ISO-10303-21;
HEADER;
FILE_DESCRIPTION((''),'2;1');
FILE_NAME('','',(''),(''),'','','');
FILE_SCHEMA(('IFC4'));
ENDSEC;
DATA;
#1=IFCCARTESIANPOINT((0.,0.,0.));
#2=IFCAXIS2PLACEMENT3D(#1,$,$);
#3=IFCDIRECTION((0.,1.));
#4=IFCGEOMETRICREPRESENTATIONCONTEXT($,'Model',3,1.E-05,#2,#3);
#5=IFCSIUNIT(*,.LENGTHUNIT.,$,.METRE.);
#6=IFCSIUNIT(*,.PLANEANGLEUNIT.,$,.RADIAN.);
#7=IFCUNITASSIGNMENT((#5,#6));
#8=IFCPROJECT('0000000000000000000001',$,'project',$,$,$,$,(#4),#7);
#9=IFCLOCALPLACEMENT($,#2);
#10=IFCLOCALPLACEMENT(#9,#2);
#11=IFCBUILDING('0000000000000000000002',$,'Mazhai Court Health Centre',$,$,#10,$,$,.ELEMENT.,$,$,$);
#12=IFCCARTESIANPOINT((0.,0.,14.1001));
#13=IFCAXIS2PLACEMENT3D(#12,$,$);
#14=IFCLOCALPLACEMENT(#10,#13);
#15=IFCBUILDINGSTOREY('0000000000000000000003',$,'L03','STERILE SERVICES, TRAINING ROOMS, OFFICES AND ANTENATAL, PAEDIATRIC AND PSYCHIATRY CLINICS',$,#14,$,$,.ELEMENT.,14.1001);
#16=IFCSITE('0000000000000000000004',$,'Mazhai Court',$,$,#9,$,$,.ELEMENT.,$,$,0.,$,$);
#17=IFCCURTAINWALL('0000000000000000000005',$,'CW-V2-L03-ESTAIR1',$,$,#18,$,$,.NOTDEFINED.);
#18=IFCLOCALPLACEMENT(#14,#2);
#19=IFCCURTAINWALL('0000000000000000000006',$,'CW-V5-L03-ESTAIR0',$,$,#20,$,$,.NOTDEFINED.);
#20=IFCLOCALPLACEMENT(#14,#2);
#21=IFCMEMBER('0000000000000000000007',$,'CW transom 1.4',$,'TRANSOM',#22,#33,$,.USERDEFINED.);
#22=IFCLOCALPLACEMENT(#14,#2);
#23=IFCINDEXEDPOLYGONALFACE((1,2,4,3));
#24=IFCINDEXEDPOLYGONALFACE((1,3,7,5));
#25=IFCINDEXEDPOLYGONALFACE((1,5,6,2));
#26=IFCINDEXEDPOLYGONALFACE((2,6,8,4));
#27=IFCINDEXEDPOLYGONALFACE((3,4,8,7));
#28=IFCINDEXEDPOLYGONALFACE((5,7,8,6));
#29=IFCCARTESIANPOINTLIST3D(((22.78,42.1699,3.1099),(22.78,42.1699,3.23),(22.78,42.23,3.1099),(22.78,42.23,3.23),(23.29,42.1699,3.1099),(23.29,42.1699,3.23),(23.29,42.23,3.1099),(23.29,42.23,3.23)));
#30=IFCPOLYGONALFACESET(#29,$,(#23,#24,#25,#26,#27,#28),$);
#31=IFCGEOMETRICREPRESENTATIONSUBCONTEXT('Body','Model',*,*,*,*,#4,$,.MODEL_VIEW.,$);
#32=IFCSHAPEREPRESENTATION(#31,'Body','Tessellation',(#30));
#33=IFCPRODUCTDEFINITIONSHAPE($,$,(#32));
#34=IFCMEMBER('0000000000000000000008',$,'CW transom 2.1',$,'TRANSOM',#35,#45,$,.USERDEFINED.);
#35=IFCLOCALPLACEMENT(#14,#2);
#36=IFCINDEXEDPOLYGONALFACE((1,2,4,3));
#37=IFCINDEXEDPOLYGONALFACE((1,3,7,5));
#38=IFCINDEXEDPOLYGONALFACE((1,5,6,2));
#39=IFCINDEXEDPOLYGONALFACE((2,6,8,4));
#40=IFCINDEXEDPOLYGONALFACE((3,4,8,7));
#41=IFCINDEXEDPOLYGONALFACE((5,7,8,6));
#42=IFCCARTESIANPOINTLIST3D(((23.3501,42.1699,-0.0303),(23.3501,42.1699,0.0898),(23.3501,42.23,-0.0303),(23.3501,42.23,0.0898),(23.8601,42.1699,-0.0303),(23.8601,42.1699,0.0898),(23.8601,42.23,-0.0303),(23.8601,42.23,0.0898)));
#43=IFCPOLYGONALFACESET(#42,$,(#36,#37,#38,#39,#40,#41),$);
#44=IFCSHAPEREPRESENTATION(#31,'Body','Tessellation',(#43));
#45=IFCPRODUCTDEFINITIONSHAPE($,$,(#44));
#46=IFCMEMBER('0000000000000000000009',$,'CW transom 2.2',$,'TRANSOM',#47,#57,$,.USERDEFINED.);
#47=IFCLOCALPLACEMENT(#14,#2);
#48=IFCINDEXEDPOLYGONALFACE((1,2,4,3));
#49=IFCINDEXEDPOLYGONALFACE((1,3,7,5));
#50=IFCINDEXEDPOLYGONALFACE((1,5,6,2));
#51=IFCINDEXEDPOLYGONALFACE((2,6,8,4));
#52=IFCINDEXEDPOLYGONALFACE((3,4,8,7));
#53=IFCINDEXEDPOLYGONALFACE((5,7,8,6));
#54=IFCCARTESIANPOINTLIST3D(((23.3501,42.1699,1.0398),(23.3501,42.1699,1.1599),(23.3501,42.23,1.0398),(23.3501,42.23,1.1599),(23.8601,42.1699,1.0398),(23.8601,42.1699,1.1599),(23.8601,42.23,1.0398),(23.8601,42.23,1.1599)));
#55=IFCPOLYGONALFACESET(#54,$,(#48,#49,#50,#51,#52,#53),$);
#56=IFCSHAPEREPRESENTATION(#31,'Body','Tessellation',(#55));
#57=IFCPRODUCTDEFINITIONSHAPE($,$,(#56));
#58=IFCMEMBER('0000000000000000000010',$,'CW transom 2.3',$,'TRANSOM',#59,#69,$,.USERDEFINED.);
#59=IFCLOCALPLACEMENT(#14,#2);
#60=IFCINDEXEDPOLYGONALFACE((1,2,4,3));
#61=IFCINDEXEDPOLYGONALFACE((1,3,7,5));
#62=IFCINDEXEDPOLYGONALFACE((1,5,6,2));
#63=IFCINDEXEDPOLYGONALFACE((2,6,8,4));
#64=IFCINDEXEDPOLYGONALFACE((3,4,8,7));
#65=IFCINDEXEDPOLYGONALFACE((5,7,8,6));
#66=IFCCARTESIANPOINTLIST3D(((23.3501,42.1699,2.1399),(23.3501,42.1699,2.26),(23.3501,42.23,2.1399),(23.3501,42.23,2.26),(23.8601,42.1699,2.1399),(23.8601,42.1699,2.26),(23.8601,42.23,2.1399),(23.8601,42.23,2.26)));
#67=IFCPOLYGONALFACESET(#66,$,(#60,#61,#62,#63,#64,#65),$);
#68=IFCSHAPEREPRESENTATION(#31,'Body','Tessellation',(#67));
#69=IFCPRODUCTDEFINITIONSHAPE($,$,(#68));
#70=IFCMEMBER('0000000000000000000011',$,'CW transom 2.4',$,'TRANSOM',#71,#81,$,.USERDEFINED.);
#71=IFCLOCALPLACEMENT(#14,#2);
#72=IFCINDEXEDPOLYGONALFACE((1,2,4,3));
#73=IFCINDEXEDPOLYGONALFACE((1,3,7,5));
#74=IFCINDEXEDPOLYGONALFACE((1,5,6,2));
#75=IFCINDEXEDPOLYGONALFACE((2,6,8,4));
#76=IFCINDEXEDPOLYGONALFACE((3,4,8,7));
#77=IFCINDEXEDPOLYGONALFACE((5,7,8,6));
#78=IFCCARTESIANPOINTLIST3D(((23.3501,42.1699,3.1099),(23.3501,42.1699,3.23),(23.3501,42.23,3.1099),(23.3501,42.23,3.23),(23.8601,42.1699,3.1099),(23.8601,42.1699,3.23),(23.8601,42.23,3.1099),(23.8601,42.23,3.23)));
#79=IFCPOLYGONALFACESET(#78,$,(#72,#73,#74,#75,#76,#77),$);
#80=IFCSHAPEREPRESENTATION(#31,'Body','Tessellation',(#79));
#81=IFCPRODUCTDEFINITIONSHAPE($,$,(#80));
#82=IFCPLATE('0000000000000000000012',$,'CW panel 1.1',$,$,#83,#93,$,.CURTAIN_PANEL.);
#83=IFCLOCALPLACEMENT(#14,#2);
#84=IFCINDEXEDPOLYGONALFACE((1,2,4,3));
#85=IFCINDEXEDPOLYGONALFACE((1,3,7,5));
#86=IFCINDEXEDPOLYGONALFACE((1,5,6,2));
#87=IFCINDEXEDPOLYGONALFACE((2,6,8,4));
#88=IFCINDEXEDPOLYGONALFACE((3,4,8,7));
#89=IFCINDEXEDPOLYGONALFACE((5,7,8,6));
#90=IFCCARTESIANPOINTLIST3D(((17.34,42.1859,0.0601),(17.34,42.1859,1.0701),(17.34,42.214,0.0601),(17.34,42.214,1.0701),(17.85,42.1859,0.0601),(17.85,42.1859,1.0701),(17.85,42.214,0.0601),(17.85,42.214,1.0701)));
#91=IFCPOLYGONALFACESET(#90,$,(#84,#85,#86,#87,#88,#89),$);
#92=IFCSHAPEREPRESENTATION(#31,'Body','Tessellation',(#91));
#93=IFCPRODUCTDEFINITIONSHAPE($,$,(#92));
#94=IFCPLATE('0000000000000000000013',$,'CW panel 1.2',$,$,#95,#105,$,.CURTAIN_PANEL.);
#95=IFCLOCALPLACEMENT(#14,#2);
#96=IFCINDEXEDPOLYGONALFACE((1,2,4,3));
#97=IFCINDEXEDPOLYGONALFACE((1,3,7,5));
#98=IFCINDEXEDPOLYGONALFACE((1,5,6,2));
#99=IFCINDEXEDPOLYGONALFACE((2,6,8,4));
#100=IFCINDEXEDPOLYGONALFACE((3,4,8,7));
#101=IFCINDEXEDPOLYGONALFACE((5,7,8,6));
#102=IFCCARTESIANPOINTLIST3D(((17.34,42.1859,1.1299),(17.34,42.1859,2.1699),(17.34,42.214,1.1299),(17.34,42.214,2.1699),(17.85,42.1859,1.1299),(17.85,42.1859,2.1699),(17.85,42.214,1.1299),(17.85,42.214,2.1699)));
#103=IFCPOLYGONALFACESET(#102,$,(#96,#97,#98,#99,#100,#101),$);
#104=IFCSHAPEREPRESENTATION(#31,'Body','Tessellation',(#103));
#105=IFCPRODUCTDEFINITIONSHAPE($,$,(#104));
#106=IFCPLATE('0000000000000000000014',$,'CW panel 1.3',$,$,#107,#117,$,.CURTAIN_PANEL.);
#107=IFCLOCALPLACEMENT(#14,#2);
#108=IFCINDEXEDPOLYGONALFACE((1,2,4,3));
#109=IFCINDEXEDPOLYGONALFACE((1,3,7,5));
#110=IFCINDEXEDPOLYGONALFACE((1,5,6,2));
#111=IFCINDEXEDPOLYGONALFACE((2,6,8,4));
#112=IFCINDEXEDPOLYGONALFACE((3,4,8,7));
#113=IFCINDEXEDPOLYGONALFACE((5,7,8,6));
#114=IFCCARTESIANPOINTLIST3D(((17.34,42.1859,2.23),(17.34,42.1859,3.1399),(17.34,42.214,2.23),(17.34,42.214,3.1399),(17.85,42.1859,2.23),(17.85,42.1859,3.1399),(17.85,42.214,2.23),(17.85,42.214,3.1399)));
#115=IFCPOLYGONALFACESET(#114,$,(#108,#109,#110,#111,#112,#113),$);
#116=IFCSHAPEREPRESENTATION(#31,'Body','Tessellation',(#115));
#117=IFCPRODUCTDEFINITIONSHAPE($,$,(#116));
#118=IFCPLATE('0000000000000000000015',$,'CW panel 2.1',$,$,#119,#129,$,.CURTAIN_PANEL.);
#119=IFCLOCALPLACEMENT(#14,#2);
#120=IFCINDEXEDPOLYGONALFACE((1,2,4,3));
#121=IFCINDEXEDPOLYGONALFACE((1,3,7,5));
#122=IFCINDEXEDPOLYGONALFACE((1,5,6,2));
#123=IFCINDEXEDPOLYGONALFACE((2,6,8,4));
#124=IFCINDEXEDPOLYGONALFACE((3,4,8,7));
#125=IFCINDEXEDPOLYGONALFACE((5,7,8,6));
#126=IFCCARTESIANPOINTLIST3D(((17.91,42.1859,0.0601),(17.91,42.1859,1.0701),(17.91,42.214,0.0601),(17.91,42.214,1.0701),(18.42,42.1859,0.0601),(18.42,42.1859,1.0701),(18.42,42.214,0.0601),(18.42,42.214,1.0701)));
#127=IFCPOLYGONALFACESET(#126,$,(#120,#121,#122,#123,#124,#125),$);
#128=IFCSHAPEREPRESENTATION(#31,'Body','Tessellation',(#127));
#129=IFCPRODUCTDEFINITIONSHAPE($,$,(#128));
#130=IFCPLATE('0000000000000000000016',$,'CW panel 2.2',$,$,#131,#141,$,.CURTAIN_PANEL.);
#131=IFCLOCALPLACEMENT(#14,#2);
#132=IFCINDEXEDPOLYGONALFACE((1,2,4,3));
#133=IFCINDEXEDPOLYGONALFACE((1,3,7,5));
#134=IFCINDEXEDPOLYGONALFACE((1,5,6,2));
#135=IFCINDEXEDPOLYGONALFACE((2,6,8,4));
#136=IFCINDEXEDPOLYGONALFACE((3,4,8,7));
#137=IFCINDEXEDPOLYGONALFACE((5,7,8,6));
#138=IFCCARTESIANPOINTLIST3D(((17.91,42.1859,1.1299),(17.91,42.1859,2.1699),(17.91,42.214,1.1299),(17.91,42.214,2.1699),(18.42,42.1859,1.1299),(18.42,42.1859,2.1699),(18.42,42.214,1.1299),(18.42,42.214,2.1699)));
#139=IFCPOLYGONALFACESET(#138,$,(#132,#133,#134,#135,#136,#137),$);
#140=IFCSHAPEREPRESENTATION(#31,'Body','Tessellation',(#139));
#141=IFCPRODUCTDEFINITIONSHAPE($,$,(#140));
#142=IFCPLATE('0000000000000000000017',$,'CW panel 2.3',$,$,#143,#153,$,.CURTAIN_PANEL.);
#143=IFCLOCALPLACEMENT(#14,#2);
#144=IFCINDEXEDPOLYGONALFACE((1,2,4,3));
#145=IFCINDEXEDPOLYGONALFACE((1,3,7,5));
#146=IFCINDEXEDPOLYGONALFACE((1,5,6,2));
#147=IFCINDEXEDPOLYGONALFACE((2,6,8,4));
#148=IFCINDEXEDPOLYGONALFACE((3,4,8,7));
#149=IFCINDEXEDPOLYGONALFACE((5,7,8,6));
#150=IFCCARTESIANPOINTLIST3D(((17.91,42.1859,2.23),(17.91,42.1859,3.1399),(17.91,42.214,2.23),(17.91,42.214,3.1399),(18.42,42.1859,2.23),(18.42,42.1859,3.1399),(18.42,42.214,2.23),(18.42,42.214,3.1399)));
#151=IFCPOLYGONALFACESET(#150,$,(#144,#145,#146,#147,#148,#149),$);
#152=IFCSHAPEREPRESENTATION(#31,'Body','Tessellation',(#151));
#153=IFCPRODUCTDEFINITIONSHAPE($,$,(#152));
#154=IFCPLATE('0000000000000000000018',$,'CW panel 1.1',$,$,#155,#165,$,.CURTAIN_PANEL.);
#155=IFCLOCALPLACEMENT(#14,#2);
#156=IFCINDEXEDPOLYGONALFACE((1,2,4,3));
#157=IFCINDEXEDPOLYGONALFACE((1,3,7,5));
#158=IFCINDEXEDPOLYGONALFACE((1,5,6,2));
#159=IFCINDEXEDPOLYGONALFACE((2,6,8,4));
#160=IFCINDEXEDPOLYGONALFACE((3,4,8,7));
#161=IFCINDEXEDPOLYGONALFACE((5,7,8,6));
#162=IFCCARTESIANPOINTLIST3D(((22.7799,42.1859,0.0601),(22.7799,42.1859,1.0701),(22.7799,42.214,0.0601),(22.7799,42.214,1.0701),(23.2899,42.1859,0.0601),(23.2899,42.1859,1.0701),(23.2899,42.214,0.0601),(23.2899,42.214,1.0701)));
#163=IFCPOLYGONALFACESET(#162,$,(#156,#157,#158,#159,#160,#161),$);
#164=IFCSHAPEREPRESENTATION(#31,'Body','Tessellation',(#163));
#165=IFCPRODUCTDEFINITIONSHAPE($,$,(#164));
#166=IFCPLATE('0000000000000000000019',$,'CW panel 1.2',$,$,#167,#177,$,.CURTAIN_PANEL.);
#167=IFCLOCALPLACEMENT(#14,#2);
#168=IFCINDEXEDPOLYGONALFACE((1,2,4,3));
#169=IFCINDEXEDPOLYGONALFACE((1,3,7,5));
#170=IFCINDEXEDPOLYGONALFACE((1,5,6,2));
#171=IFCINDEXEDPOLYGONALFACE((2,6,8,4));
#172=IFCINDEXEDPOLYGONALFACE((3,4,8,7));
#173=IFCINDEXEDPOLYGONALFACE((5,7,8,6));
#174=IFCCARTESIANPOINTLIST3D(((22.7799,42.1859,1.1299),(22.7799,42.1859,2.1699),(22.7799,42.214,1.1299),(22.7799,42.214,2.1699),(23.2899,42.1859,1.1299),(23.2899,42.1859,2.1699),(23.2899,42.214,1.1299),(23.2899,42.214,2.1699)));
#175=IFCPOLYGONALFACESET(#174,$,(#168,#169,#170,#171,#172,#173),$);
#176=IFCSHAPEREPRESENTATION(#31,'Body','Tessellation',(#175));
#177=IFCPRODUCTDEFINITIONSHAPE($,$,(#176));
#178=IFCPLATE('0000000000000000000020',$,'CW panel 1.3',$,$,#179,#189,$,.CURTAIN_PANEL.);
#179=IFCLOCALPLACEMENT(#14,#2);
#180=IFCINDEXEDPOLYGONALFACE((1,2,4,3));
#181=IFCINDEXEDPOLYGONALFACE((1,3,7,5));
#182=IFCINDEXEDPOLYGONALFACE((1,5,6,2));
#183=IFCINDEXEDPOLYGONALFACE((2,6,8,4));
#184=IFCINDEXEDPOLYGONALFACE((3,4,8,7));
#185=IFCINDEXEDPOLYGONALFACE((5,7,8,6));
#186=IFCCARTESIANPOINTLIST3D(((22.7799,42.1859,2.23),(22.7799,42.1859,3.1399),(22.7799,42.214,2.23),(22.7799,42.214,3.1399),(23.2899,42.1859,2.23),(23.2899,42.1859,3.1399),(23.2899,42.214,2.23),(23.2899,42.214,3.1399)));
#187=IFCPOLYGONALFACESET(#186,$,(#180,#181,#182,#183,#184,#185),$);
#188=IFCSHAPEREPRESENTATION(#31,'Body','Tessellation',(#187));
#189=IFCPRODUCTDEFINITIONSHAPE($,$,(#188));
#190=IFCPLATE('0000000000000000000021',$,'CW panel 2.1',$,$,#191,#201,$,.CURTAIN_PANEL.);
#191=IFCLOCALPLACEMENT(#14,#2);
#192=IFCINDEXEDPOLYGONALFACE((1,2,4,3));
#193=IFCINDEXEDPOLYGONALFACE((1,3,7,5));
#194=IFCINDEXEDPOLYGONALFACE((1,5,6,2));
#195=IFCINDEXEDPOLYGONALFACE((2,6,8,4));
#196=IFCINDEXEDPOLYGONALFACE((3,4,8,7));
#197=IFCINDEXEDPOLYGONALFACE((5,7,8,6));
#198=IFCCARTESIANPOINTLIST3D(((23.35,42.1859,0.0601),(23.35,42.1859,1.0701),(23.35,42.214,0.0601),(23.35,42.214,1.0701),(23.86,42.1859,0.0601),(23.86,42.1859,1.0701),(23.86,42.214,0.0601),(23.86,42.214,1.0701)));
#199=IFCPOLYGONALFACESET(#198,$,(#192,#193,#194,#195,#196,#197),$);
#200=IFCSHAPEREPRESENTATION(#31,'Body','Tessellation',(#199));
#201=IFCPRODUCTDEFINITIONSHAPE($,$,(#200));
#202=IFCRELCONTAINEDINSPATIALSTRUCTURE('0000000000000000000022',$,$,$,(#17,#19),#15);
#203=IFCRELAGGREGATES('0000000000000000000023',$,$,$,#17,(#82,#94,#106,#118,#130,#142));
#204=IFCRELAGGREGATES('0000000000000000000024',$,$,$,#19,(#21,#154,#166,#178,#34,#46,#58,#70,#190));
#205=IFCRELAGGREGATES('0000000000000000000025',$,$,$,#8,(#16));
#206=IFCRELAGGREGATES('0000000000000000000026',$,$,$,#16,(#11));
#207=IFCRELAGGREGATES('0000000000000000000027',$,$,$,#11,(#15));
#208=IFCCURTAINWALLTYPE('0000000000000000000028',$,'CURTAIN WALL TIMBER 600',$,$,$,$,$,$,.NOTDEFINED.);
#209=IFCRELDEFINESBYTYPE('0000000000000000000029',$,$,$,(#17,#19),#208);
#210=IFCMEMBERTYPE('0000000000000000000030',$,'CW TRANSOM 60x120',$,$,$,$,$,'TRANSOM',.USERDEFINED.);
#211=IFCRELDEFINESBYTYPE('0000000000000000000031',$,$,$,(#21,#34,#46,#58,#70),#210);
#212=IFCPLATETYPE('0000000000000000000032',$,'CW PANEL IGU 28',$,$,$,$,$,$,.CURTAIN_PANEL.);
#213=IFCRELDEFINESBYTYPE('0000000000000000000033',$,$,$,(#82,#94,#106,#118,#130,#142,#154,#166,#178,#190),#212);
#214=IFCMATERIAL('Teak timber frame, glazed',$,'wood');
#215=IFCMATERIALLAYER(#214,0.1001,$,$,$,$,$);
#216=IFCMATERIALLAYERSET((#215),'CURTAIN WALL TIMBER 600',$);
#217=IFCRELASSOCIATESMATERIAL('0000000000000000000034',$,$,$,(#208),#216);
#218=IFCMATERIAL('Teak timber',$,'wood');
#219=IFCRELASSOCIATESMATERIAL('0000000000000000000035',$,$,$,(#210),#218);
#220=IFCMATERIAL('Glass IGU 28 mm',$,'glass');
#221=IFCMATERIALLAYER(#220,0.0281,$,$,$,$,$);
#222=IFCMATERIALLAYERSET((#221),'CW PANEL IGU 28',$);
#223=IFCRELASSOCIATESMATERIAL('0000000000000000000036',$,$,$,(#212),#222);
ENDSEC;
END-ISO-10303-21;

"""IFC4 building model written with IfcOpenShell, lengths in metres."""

from ifc_helpers import new_model, si_unit, direction, frame, origin, origin_2d, place, context, subcontext, project, spatial, rectangle, extrude, material, layer, layer_set, material_profile, profile_set, type_object, element, aggregate, save


model = new_model("IFC4")

# Units and contexts
model_context = context("Model", 3, precision=1e-05, world=origin(), true_north=direction((0.0, 1.0)))
body_context = subcontext(model_context, "Body", "Model", "MODEL_VIEW")
ifc_project = project(units=[si_unit("LENGTHUNIT", "METRE"), si_unit("PLANEANGLEUNIT", "RADIAN")], contexts=[model_context])

# Site, building, storey
site_placement = place(None, origin())
site = spatial("IfcSite", under=ifc_project, at=site_placement, Name="Mazhai Court", CompositionType="ELEMENT", RefElevation=0.0)
building_placement = place(site_placement, origin())
building = spatial("IfcBuilding", under=site, at=building_placement, Name="Mazhai Court Health Centre", CompositionType="ELEMENT")
storey_placement = place(building_placement, frame((0.0, 0.0, 14.1001)))
storey = spatial("IfcBuildingStorey", under=building, at=storey_placement, Name="L03", Description="STERILE SERVICES, TRAINING ROOMS, OFFICES AND ANTENATAL, PAEDIATRIC AND PSYCHIATRY CLINICS", CompositionType="ELEMENT", Elevation=14.1001)

# Curtain walls
ifc_material_1 = material(Name="Teak timber frame, glazed", Category="wood")
ifc_layer_1 = layer(ifc_material_1, 0.1001)
ifc_layer_set_1 = layer_set([ifc_layer_1], Name="CURTAIN WALL TIMBER 600")
curtain_wall_type = type_object("IfcCurtainWallType", Name="CURTAIN WALL TIMBER 600", PredefinedType="NOTDEFINED", material=ifc_layer_set_1)
curtain_wall_1_placement = place(storey_placement, origin())
curtain_wall_1 = element("IfcCurtainWall", 1, at=curtain_wall_1_placement, inside=storey, type_object=curtain_wall_type, Name="CW-V2-L03-ESTAIR1", PredefinedType="NOTDEFINED")
curtain_wall_2_placement = place(storey_placement, origin())
curtain_wall_2 = element("IfcCurtainWall", 2, at=curtain_wall_2_placement, inside=storey, type_object=curtain_wall_type, Name="CW-V5-L03-ESTAIR0", PredefinedType="NOTDEFINED")

# Members
ifc_material_2 = material(Name="Teak timber", Category="wood")
ifc_material_profile_1 = material_profile(ifc_material_2, rectangle(XDim=0.0601, YDim=0.1201, at=origin_2d()), Name="CW TRANSOM 60x120")
ifc_profile_set_1 = profile_set([ifc_material_profile_1], Name="Teak timber")
member_type_1 = type_object("IfcMemberType", Name="CW TRANSOM 60x120", ElementType="TRANSOM", PredefinedType="USERDEFINED", material=ifc_profile_set_1)
member_1_placement = place(storey_placement, frame((22.78, 42.2, 3.1699), z_axis=(1.0, 0.0, 0.0), x_axis=(0.0, 1.0, 0.0)))
member_1 = element("IfcMember", 3, at=member_1_placement, type_object=member_type_1, Name="CW transom 1.4", ObjectType="TRANSOM", PredefinedType="USERDEFINED", context=body_context, shape_type="SweptSolid", body=[
    extrude(rectangle(XDim=0.0601, YDim=0.1201, at=origin_2d()), origin(), (0.0, 0.0, 1.0), 0.51),
])
member_2_placement = place(storey_placement, frame((23.3501, 42.2, 0.0298), z_axis=(1.0, 0.0, 0.0), x_axis=(0.0, 1.0, 0.0)))
member_2 = element("IfcMember", 4, at=member_2_placement, type_object=member_type_1, Name="CW transom 2.1", ObjectType="TRANSOM", PredefinedType="USERDEFINED", context=body_context, shape_type="SweptSolid", body=[
    extrude(rectangle(XDim=0.0601, YDim=0.1201, at=origin_2d()), origin(), (0.0, 0.0, 1.0), 0.51),
])
member_3_placement = place(storey_placement, frame((23.3501, 42.2, 1.0999), z_axis=(1.0, 0.0, 0.0), x_axis=(0.0, 1.0, 0.0)))
member_3 = element("IfcMember", 5, at=member_3_placement, type_object=member_type_1, Name="CW transom 2.2", ObjectType="TRANSOM", PredefinedType="USERDEFINED", context=body_context, shape_type="SweptSolid", body=[
    extrude(rectangle(XDim=0.0601, YDim=0.1201, at=origin_2d()), origin(), (0.0, 0.0, 1.0), 0.51),
])
member_4_placement = place(storey_placement, frame((23.3501, 42.2, 2.2), z_axis=(1.0, 0.0, 0.0), x_axis=(0.0, 1.0, 0.0)))
member_4 = element("IfcMember", 6, at=member_4_placement, type_object=member_type_1, Name="CW transom 2.3", ObjectType="TRANSOM", PredefinedType="USERDEFINED", context=body_context, shape_type="SweptSolid", body=[
    extrude(rectangle(XDim=0.0601, YDim=0.1201, at=origin_2d()), origin(), (0.0, 0.0, 1.0), 0.51),
])
member_5_placement = place(storey_placement, frame((23.3501, 42.2, 3.1699), z_axis=(1.0, 0.0, 0.0), x_axis=(0.0, 1.0, 0.0)))
member_5 = element("IfcMember", 7, at=member_5_placement, type_object=member_type_1, Name="CW transom 2.4", ObjectType="TRANSOM", PredefinedType="USERDEFINED", context=body_context, shape_type="SweptSolid", body=[
    extrude(rectangle(XDim=0.0601, YDim=0.1201, at=origin_2d()), origin(), (0.0, 0.0, 1.0), 0.51),
])

# Plates
ifc_material_3 = material(Name="Glass IGU 28 mm", Category="glass")
ifc_layer_2 = layer(ifc_material_3, 0.0281)
ifc_layer_set_2 = layer_set([ifc_layer_2], Name="CW PANEL IGU 28")
plate_type = type_object("IfcPlateType", Name="CW PANEL IGU 28", PredefinedType="CURTAIN_PANEL", material=ifc_layer_set_2)
plate_1_placement = place(storey_placement, frame((17.595, 42.2, 0.0601), z_axis=(0.0, 0.0, 1.0), x_axis=(1.0, 0.0, 0.0)))
plate_1 = element("IfcPlate", 8, at=plate_1_placement, type_object=plate_type, Name="CW panel 1.1", PredefinedType="CURTAIN_PANEL", context=body_context, shape_type="SweptSolid", body=[
    extrude(rectangle(XDim=0.51, YDim=0.0281, at=origin_2d()), origin(), (0.0, 0.0, 1.0), 1.01),
])
plate_2_placement = place(storey_placement, frame((17.595, 42.2, 1.1299), z_axis=(0.0, 0.0, 1.0), x_axis=(1.0, 0.0, 0.0)))
plate_2 = element("IfcPlate", 9, at=plate_2_placement, type_object=plate_type, Name="CW panel 1.2", PredefinedType="CURTAIN_PANEL", context=body_context, shape_type="SweptSolid", body=[
    extrude(rectangle(XDim=0.51, YDim=0.0281, at=origin_2d()), origin(), (0.0, 0.0, 1.0), 1.04),
])
plate_3_placement = place(storey_placement, frame((17.595, 42.2, 2.23), z_axis=(0.0, 0.0, 1.0), x_axis=(1.0, 0.0, 0.0)))
plate_3 = element("IfcPlate", 10, at=plate_3_placement, type_object=plate_type, Name="CW panel 1.3", PredefinedType="CURTAIN_PANEL", context=body_context, shape_type="SweptSolid", body=[
    extrude(rectangle(XDim=0.51, YDim=0.0281, at=origin_2d()), origin(), (0.0, 0.0, 1.0), 0.9099),
])
plate_4_placement = place(storey_placement, frame((18.165, 42.2, 0.0601), z_axis=(0.0, 0.0, 1.0), x_axis=(1.0, 0.0, 0.0)))
plate_4 = element("IfcPlate", 11, at=plate_4_placement, type_object=plate_type, Name="CW panel 2.1", PredefinedType="CURTAIN_PANEL", context=body_context, shape_type="SweptSolid", body=[
    extrude(rectangle(XDim=0.51, YDim=0.0281, at=origin_2d()), origin(), (0.0, 0.0, 1.0), 1.01),
])
plate_5_placement = place(storey_placement, frame((18.165, 42.2, 1.1299), z_axis=(0.0, 0.0, 1.0), x_axis=(1.0, 0.0, 0.0)))
plate_5 = element("IfcPlate", 12, at=plate_5_placement, type_object=plate_type, Name="CW panel 2.2", PredefinedType="CURTAIN_PANEL", context=body_context, shape_type="SweptSolid", body=[
    extrude(rectangle(XDim=0.51, YDim=0.0281, at=origin_2d()), origin(), (0.0, 0.0, 1.0), 1.04),
])
plate_6_placement = place(storey_placement, frame((18.165, 42.2, 2.23), z_axis=(0.0, 0.0, 1.0), x_axis=(1.0, 0.0, 0.0)))
plate_6 = element("IfcPlate", 13, at=plate_6_placement, type_object=plate_type, Name="CW panel 2.3", PredefinedType="CURTAIN_PANEL", context=body_context, shape_type="SweptSolid", body=[
    extrude(rectangle(XDim=0.51, YDim=0.0281, at=origin_2d()), origin(), (0.0, 0.0, 1.0), 0.9099),
])
aggregate(curtain_wall_1, [plate_1, plate_2, plate_3, plate_4, plate_5, plate_6])
plate_7_placement = place(storey_placement, frame((23.0349, 42.2, 0.0601), z_axis=(0.0, 0.0, 1.0), x_axis=(1.0, 0.0, 0.0)))
plate_7 = element("IfcPlate", 14, at=plate_7_placement, type_object=plate_type, Name="CW panel 1.1", PredefinedType="CURTAIN_PANEL", context=body_context, shape_type="SweptSolid", body=[
    extrude(rectangle(XDim=0.51, YDim=0.0281, at=origin_2d()), origin(), (0.0, 0.0, 1.0), 1.01),
])
plate_8_placement = place(storey_placement, frame((23.0349, 42.2, 1.1299), z_axis=(0.0, 0.0, 1.0), x_axis=(1.0, 0.0, 0.0)))
plate_8 = element("IfcPlate", 15, at=plate_8_placement, type_object=plate_type, Name="CW panel 1.2", PredefinedType="CURTAIN_PANEL", context=body_context, shape_type="SweptSolid", body=[
    extrude(rectangle(XDim=0.51, YDim=0.0281, at=origin_2d()), origin(), (0.0, 0.0, 1.0), 1.04),
])
plate_9_placement = place(storey_placement, frame((23.0349, 42.2, 2.23), z_axis=(0.0, 0.0, 1.0), x_axis=(1.0, 0.0, 0.0)))
plate_9 = element("IfcPlate", 16, at=plate_9_placement, type_object=plate_type, Name="CW panel 1.3", PredefinedType="CURTAIN_PANEL", context=body_context, shape_type="SweptSolid", body=[
    extrude(rectangle(XDim=0.51, YDim=0.0281, at=origin_2d()), origin(), (0.0, 0.0, 1.0), 0.9099),
])
plate_10_placement = place(storey_placement, frame((23.605, 42.2, 0.0601), z_axis=(0.0, 0.0, 1.0), x_axis=(1.0, 0.0, 0.0)))
plate_10 = element("IfcPlate", 17, at=plate_10_placement, type_object=plate_type, Name="CW panel 2.1", PredefinedType="CURTAIN_PANEL", context=body_context, shape_type="SweptSolid", body=[
    extrude(rectangle(XDim=0.51, YDim=0.0281, at=origin_2d()), origin(), (0.0, 0.0, 1.0), 1.01),
])
aggregate(curtain_wall_2, [member_1, plate_7, plate_8, plate_9, member_2, member_3, member_4, member_5, plate_10])

save(model, "model.ifc")
